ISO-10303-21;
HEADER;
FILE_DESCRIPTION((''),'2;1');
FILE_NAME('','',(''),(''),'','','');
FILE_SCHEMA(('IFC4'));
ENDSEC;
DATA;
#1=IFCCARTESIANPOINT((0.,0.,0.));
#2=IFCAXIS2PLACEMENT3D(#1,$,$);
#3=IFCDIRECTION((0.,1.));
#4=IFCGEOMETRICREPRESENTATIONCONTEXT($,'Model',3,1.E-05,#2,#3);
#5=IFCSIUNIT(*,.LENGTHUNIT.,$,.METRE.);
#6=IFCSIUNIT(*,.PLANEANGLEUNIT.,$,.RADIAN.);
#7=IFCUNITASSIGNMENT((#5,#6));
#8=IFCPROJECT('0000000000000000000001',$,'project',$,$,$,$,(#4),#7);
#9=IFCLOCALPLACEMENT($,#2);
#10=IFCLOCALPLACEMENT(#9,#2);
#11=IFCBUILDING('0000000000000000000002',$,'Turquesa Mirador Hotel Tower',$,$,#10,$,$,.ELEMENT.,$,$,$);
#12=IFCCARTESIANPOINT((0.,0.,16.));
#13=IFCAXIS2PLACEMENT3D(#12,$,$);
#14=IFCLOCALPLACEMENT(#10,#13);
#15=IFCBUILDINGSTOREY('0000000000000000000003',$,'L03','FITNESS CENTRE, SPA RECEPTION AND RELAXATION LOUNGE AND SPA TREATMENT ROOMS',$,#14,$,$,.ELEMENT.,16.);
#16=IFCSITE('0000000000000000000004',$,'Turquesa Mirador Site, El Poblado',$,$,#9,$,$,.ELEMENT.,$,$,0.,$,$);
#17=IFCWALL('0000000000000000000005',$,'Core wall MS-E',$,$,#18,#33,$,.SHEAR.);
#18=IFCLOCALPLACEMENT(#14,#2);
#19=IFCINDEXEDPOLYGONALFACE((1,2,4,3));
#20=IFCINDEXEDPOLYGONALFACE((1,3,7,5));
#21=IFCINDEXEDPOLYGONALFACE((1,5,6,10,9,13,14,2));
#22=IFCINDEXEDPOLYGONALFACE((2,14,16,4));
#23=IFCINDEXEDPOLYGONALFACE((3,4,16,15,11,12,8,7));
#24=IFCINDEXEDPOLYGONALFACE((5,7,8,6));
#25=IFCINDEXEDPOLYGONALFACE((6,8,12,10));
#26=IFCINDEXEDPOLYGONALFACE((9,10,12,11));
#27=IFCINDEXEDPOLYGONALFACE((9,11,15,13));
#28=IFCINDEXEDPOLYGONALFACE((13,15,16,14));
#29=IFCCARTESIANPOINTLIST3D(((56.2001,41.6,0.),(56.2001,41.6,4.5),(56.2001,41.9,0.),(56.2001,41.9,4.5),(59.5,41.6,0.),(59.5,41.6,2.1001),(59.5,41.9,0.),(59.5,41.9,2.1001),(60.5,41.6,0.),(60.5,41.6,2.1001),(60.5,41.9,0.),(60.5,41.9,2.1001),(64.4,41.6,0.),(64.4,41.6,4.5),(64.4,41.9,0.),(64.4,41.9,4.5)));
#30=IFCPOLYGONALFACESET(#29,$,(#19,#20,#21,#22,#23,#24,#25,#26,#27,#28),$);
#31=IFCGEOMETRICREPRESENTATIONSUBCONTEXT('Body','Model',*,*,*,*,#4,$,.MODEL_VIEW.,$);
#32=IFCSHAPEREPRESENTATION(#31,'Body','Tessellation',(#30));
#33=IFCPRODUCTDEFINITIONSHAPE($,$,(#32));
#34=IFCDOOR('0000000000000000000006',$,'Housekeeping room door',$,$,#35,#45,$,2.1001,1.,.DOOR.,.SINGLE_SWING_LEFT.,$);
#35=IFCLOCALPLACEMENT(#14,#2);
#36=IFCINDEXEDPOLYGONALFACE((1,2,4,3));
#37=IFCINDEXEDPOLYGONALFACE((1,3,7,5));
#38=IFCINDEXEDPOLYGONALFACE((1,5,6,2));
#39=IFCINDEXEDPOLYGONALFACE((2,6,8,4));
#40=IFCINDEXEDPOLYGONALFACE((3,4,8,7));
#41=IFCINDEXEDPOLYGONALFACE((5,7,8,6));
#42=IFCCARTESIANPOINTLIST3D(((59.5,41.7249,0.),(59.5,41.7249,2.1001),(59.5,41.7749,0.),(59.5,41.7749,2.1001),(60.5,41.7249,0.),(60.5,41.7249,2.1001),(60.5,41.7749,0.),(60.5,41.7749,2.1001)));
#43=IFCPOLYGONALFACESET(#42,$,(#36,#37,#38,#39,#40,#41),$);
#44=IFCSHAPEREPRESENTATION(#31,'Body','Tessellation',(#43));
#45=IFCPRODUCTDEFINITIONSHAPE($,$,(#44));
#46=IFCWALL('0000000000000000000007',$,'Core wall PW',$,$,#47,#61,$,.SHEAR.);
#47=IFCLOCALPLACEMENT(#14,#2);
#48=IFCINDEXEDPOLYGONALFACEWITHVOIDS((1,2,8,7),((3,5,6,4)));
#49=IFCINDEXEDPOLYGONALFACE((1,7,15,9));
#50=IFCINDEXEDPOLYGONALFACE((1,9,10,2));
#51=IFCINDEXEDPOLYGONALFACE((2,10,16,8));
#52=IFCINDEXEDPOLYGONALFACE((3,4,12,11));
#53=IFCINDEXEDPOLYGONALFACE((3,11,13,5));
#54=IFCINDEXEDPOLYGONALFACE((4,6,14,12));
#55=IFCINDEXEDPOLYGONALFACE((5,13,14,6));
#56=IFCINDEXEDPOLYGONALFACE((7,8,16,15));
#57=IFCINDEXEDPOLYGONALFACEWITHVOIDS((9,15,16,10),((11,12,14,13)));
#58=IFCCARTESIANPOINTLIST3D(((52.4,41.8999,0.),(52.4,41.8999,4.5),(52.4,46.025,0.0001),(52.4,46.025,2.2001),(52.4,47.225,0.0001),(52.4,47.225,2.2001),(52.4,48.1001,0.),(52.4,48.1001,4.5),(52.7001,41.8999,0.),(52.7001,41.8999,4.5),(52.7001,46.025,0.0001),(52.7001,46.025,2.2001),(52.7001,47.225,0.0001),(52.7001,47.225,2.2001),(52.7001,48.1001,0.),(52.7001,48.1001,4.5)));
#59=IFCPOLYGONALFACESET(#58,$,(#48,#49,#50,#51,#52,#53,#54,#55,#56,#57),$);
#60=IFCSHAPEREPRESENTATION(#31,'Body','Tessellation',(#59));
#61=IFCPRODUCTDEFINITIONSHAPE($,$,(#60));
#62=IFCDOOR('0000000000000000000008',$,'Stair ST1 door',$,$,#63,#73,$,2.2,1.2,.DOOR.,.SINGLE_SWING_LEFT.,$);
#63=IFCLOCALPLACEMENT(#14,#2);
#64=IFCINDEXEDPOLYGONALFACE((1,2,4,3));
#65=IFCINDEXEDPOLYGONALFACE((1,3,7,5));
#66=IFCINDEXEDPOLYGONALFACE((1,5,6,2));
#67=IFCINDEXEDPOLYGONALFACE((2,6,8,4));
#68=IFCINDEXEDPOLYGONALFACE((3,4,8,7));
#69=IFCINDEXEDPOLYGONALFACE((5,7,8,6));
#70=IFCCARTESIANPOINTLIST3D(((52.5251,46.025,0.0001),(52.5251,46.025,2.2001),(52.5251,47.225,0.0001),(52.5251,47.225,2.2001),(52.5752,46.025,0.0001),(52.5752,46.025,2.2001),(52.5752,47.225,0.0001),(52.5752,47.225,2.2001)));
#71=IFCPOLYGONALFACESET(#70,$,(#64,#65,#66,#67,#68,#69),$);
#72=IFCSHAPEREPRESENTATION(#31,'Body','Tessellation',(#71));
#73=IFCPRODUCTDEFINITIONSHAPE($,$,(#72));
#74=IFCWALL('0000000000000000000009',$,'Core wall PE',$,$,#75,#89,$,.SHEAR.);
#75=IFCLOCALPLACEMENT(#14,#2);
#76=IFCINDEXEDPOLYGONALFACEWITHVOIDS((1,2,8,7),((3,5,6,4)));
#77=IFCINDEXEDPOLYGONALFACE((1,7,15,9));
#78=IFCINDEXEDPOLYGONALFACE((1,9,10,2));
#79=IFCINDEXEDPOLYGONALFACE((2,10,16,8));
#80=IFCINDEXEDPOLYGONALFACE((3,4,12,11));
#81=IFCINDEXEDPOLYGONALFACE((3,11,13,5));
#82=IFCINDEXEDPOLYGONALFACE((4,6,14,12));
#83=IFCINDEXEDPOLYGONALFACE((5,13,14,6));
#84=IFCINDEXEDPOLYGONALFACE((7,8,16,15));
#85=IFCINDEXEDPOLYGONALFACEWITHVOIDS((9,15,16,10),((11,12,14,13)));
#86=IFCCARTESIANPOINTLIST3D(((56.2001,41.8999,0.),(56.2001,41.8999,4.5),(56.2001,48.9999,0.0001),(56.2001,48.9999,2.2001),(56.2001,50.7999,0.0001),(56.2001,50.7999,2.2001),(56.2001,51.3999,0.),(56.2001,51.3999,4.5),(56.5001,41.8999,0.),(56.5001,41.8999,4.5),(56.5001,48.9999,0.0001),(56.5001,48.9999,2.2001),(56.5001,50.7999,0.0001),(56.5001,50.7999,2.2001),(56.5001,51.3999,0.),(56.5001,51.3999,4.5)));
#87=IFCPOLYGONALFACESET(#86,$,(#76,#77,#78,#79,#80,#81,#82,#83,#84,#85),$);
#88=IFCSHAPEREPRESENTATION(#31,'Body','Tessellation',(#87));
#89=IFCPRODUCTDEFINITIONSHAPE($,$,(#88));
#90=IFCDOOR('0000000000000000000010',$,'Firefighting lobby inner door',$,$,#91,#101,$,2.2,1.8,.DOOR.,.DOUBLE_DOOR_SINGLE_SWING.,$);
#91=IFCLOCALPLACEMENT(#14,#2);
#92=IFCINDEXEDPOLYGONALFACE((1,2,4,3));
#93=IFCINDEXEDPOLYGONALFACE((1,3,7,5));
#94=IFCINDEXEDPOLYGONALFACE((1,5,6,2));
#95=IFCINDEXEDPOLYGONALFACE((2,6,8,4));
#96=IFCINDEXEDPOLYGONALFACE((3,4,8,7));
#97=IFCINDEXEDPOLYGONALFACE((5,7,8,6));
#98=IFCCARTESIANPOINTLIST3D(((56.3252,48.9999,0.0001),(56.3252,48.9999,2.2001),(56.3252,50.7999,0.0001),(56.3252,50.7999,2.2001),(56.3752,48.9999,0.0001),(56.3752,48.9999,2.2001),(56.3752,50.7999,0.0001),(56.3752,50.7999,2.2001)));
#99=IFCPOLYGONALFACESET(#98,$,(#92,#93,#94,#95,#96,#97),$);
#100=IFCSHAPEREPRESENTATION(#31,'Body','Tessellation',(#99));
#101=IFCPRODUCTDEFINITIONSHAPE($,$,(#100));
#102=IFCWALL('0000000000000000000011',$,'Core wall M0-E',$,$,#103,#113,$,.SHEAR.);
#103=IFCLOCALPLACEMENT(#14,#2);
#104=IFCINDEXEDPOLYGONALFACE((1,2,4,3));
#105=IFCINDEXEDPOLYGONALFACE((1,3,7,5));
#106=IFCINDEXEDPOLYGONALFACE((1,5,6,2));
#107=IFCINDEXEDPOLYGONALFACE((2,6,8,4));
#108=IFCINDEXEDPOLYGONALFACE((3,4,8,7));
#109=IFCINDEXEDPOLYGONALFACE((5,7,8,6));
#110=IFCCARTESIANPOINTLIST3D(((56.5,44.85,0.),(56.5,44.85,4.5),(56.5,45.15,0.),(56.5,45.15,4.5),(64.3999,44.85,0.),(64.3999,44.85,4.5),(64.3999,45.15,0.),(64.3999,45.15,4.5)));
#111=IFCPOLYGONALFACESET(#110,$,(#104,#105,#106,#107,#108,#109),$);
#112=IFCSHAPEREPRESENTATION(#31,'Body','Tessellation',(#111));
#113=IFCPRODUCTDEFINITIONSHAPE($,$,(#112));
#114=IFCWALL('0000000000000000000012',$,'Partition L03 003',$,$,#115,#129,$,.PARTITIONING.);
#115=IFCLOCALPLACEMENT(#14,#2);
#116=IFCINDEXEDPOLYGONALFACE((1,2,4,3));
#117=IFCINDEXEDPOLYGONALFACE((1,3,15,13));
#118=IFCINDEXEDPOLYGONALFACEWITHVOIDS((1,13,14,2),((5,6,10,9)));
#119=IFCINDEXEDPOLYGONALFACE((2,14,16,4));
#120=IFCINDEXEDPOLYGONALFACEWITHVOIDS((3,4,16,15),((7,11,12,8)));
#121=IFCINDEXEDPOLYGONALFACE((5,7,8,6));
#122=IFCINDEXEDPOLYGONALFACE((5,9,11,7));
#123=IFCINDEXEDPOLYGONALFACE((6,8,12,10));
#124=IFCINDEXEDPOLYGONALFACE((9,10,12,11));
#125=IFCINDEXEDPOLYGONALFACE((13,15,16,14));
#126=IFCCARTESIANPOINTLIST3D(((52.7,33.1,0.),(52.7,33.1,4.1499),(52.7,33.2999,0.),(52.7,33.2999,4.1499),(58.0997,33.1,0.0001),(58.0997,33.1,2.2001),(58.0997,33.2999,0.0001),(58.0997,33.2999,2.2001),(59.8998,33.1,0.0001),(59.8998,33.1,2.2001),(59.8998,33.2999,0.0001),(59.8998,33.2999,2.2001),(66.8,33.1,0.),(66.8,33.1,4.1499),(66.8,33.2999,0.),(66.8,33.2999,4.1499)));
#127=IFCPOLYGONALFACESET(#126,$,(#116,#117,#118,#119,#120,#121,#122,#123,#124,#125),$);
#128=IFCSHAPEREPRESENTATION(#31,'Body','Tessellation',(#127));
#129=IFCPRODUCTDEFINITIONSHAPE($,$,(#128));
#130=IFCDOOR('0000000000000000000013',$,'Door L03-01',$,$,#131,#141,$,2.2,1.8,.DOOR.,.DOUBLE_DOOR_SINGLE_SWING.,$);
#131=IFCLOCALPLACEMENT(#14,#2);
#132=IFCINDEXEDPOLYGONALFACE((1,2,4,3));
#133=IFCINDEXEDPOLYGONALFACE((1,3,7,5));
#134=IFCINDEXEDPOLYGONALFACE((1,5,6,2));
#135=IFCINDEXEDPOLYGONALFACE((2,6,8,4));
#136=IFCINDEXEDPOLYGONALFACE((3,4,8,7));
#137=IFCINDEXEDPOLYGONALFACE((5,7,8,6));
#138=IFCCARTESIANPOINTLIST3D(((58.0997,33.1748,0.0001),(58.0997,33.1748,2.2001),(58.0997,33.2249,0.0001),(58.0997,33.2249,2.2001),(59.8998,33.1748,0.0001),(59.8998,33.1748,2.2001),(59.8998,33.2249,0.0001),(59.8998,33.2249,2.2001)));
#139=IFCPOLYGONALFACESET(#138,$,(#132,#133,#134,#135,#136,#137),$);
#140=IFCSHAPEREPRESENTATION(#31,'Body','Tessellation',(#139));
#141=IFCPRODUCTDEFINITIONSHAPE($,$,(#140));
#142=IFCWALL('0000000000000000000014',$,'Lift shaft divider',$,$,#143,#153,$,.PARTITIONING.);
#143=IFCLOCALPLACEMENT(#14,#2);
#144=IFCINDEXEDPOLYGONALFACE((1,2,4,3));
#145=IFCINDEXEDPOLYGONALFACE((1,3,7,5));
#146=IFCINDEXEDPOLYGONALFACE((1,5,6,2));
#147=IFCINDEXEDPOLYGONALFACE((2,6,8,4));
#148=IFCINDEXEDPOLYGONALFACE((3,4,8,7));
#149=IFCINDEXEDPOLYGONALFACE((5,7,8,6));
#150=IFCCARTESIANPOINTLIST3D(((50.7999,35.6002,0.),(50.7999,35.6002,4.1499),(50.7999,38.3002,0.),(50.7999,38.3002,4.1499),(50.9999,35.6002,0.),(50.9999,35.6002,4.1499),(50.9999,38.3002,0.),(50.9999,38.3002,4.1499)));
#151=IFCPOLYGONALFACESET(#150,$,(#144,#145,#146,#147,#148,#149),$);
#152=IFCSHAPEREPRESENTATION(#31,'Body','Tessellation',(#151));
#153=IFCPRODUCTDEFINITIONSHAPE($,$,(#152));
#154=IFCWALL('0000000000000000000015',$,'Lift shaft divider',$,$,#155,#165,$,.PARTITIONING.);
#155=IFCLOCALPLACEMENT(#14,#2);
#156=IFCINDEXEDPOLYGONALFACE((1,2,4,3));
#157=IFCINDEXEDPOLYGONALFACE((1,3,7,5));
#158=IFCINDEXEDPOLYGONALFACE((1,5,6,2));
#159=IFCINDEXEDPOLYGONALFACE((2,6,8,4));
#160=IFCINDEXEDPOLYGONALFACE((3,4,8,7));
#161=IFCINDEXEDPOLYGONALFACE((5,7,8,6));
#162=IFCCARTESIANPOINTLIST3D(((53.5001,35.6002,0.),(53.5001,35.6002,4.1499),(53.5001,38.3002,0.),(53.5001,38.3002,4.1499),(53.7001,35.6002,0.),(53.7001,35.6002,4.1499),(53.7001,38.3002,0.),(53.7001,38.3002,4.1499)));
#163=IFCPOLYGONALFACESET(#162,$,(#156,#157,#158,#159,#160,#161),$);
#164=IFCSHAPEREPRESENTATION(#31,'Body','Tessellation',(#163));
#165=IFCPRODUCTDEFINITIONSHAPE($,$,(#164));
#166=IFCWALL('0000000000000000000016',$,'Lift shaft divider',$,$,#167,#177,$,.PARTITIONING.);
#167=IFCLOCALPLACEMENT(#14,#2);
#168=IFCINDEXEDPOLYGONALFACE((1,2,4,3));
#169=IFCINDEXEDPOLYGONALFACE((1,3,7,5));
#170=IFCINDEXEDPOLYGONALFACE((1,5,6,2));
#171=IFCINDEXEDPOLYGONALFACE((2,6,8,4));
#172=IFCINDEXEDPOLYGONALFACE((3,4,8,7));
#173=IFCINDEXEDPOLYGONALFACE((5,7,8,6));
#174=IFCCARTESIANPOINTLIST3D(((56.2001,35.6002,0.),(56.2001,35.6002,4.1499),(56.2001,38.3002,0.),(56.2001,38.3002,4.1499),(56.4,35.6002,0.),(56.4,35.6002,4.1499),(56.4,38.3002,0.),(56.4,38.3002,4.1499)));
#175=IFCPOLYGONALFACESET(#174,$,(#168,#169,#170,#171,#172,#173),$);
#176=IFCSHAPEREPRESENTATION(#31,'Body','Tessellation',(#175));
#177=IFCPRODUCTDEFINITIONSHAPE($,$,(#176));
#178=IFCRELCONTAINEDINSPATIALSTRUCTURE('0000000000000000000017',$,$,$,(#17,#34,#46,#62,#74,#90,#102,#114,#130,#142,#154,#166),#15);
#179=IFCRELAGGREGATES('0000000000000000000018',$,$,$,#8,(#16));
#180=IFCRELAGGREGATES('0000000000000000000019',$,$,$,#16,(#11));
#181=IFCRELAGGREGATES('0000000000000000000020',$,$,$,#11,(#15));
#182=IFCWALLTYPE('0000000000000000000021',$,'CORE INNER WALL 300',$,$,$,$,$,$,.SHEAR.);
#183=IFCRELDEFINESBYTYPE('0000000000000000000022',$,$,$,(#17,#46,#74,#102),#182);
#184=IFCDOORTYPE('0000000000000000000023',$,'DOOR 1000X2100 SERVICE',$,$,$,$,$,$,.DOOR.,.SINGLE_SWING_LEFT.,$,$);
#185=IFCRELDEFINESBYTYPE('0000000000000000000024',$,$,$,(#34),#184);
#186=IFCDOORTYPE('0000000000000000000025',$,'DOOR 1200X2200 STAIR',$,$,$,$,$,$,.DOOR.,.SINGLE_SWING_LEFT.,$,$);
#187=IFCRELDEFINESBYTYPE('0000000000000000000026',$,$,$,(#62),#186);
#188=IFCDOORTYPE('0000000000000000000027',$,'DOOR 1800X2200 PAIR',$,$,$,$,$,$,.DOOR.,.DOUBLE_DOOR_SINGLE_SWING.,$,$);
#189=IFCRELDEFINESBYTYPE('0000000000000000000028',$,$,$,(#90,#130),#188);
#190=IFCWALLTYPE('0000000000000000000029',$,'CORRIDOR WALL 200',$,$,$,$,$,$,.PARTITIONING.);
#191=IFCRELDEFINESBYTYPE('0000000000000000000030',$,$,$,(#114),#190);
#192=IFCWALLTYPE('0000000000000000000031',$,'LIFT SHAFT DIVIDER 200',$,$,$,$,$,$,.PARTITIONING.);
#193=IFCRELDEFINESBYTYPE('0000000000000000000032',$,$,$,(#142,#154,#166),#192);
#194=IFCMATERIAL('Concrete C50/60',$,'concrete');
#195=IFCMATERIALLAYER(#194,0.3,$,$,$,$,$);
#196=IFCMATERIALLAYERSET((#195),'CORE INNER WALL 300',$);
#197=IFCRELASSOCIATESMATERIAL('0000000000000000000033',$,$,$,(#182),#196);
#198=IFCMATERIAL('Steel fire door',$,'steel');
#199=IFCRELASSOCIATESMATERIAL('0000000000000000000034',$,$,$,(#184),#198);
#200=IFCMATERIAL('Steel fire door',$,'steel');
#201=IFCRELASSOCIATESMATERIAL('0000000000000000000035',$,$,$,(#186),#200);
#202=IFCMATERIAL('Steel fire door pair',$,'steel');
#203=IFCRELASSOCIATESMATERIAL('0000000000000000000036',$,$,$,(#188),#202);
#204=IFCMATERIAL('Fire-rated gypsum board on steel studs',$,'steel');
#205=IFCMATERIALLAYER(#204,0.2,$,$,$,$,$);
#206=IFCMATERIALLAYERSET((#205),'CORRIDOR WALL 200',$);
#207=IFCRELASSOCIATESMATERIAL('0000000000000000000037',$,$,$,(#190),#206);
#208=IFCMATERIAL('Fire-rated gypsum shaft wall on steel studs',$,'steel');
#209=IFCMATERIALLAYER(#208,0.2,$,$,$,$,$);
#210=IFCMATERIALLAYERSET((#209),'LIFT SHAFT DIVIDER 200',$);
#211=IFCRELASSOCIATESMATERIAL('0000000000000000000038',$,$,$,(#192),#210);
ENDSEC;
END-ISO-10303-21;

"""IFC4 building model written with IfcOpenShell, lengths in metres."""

from ifc_helpers import new_model, si_unit, direction, frame, frame_2d, origin, place, context, subcontext, project, spatial, rectangle, extrude, material, layer, layer_set, type_object, element, fill, save


model = new_model("IFC4")

# Units and contexts
model_context = context("Model", 3, precision=1e-05, world=origin(), true_north=direction((0.0, 1.0)))
body_context = subcontext(model_context, "Body", "Model", "MODEL_VIEW")
ifc_project = project(units=[si_unit("LENGTHUNIT", "METRE"), si_unit("PLANEANGLEUNIT", "RADIAN")], contexts=[model_context])

# Site, building, storey
site_placement = place(None, origin())
site = spatial("IfcSite", under=ifc_project, at=site_placement, Name="Turquesa Mirador Site, El Poblado", CompositionType="ELEMENT", RefElevation=0.0)
building_placement = place(site_placement, origin())
building = spatial("IfcBuilding", under=site, at=building_placement, Name="Turquesa Mirador Hotel Tower", CompositionType="ELEMENT")
storey_placement = place(building_placement, frame((0.0, 0.0, 16.0)))
storey = spatial("IfcBuildingStorey", under=building, at=storey_placement, Name="L03", Description="FITNESS CENTRE, SPA RECEPTION AND RELAXATION LOUNGE AND SPA TREATMENT ROOMS", CompositionType="ELEMENT", Elevation=16.0)

# Walls, openings, doors
ifc_material_1 = material(Name="Concrete C50/60", Category="concrete")
ifc_layer_1 = layer(ifc_material_1, 0.3)
ifc_layer_set_1 = layer_set([ifc_layer_1], Name="CORE INNER WALL 300")
wall_type_1 = type_object("IfcWallType", Name="CORE INNER WALL 300", PredefinedType="SHEAR", material=ifc_layer_set_1)
wall_1_placement = place(storey_placement, frame((56.2, 41.75, 0.0), z_axis=(0.0, 0.0, 1.0), x_axis=(1.0, 0.0, 0.0)))
wall_1 = element("IfcWall", 1, at=wall_1_placement, inside=storey, type_object=wall_type_1, Name="Core wall MS-E", PredefinedType="SHEAR", context=body_context, shape_type="SweptSolid", body=[
    extrude(rectangle(XDim=8.2, YDim=0.3, at=frame_2d((4.1001, 0.0))), origin(), (0.0, 0.0, 1.0), 4.5),
])
opening_1_placement = place(wall_1_placement, frame((3.3, 0.0, 0.0)))
opening_1 = element("IfcOpeningElement", 2, at=opening_1_placement, cuts=wall_1, PredefinedType="OPENING", context=body_context, shape_type="SweptSolid", body=[
    extrude(rectangle(XDim=1.0, YDim=2.1001, at=frame_2d((0.5, 1.05))), frame((0.0, 0.1599, 0.0), z_axis=(0.0, -1.0, 0.0), x_axis=(1.0, 0.0, 0.0)), (0.0, 0.0, 1.0), 0.3201),
])
ifc_material_2 = material(Name="Steel fire door", Category="steel")
door_type_1 = type_object("IfcDoorType", Name="DOOR 1000X2100 SERVICE", OperationType="SINGLE_SWING_LEFT", PredefinedType="DOOR", material=ifc_material_2)
door_1_placement = place(opening_1_placement, origin())
door_1 = element("IfcDoor", 3, at=door_1_placement, inside=storey, type_object=door_type_1, Name="Housekeeping room door", OperationType="SINGLE_SWING_LEFT", OverallHeight=2.1001, OverallWidth=1.0, PredefinedType="DOOR", context=body_context, shape_type="SweptSolid", body=[
    extrude(rectangle(XDim=1.0, YDim=2.1001, at=frame_2d((0.5, 1.05))), frame((0.0, 0.0249, 0.0), z_axis=(0.0, -1.0, 0.0), x_axis=(1.0, 0.0, 0.0)), (0.0, 0.0, 1.0), 0.05),
])
fill(opening_1, door_1)
wall_2_placement = place(storey_placement, frame((52.55, 41.8999, 0.0), z_axis=(0.0, 0.0, 1.0), x_axis=(0.0, 1.0, 0.0)))
wall_2 = element("IfcWall", 4, at=wall_2_placement, inside=storey, type_object=wall_type_1, Name="Core wall PW", PredefinedType="SHEAR", context=body_context, shape_type="SweptSolid", body=[
    extrude(rectangle(XDim=6.2002, YDim=0.3, at=frame_2d((3.1001, 0.0))), origin(), (0.0, 0.0, 1.0), 4.5),
])
opening_2_placement = place(wall_2_placement, frame((4.125, 0.0, 0.0)))
opening_2 = element("IfcOpeningElement", 5, at=opening_2_placement, cuts=wall_2, PredefinedType="OPENING", context=body_context, shape_type="SweptSolid", body=[
    extrude(rectangle(XDim=1.2, YDim=2.2, at=frame_2d((0.6001, 1.1001))), frame((0.0, 0.1599, 0.0), z_axis=(0.0, -1.0, 0.0), x_axis=(1.0, 0.0, 0.0)), (0.0, 0.0, 1.0), 0.3201),
])
ifc_material_3 = material(Name="Steel fire door", Category="steel")
door_type_2 = type_object("IfcDoorType", Name="DOOR 1200X2200 STAIR", OperationType="SINGLE_SWING_LEFT", PredefinedType="DOOR", material=ifc_material_3)
door_2_placement = place(opening_2_placement, origin())
door_2 = element("IfcDoor", 6, at=door_2_placement, inside=storey, type_object=door_type_2, Name="Stair ST1 door", OperationType="SINGLE_SWING_LEFT", OverallHeight=2.2, OverallWidth=1.2, PredefinedType="DOOR", context=body_context, shape_type="SweptSolid", body=[
    extrude(rectangle(XDim=1.2, YDim=2.2, at=frame_2d((0.6001, 1.1001))), frame((0.0, 0.0249, 0.0), z_axis=(0.0, -1.0, 0.0), x_axis=(1.0, 0.0, 0.0)), (0.0, 0.0, 1.0), 0.05),
])
fill(opening_2, door_2)
wall_3_placement = place(storey_placement, frame((56.3501, 41.8999, 0.0), z_axis=(0.0, 0.0, 1.0), x_axis=(0.0, 1.0, 0.0)))
wall_3 = element("IfcWall", 7, at=wall_3_placement, inside=storey, type_object=wall_type_1, Name="Core wall PE", PredefinedType="SHEAR", context=body_context, shape_type="SweptSolid", body=[
    extrude(rectangle(XDim=9.5, YDim=0.3, at=frame_2d((4.75, 0.0))), origin(), (0.0, 0.0, 1.0), 4.5),
])
opening_3_placement = place(wall_3_placement, frame((7.1001, 0.0, 0.0)))
opening_3 = element("IfcOpeningElement", 8, at=opening_3_placement, cuts=wall_3, PredefinedType="OPENING", context=body_context, shape_type="SweptSolid", body=[
    extrude(rectangle(XDim=1.8, YDim=2.2, at=frame_2d((0.8999, 1.1001))), frame((0.0, 0.1599, 0.0), z_axis=(0.0, -1.0, 0.0), x_axis=(1.0, 0.0, 0.0)), (0.0, 0.0, 1.0), 0.3201),
])
ifc_material_4 = material(Name="Steel fire door pair", Category="steel")
door_type_3 = type_object("IfcDoorType", Name="DOOR 1800X2200 PAIR", OperationType="DOUBLE_DOOR_SINGLE_SWING", PredefinedType="DOOR", material=ifc_material_4)
door_3_placement = place(opening_3_placement, origin())
door_3 = element("IfcDoor", 9, at=door_3_placement, inside=storey, type_object=door_type_3, Name="Firefighting lobby inner door", OperationType="DOUBLE_DOOR_SINGLE_SWING", OverallHeight=2.2, OverallWidth=1.8, PredefinedType="DOOR", context=body_context, shape_type="SweptSolid", body=[
    extrude(rectangle(XDim=1.8, YDim=2.2, at=frame_2d((0.8999, 1.1001))), frame((0.0, 0.0249, 0.0), z_axis=(0.0, -1.0, 0.0), x_axis=(1.0, 0.0, 0.0)), (0.0, 0.0, 1.0), 0.05),
])
fill(opening_3, door_3)

# Wall
wall_4_placement = place(storey_placement, frame((56.5, 45.0, 0.0), z_axis=(0.0, 0.0, 1.0), x_axis=(1.0, 0.0, 0.0)))
element("IfcWall", 10, at=wall_4_placement, inside=storey, type_object=wall_type_1, Name="Core wall M0-E", PredefinedType="SHEAR", context=body_context, shape_type="SweptSolid", body=[
    extrude(rectangle(XDim=7.8999, YDim=0.3, at=frame_2d((3.95, 0.0))), origin(), (0.0, 0.0, 1.0), 4.5),
])

# Wall, opening, door
ifc_material_5 = material(Name="Fire-rated gypsum board on steel studs", Category="steel")
ifc_layer_2 = layer(ifc_material_5, 0.2)
ifc_layer_set_2 = layer_set([ifc_layer_2], Name="CORRIDOR WALL 200")
wall_type_2 = type_object("IfcWallType", Name="CORRIDOR WALL 200", PredefinedType="PARTITIONING", material=ifc_layer_set_2)
wall_5_placement = place(storey_placement, frame((52.7, 33.2, 0.0), z_axis=(0.0, 0.0, 1.0), x_axis=(1.0, 0.0, 0.0)))
wall_5 = element("IfcWall", 11, at=wall_5_placement, inside=storey, type_object=wall_type_2, Name="Partition L03 003", PredefinedType="PARTITIONING", context=body_context, shape_type="SweptSolid", body=[
    extrude(rectangle(XDim=14.1001, YDim=0.2, at=frame_2d((7.05, 0.0))), origin(), (0.0, 0.0, 1.0), 4.1499),
])
opening_4_placement = place(wall_5_placement, frame((5.3999, 0.0, 0.0)))
opening_4 = element("IfcOpeningElement", 12, at=opening_4_placement, cuts=wall_5, PredefinedType="OPENING", context=body_context, shape_type="SweptSolid", body=[
    extrude(rectangle(XDim=1.8, YDim=2.2, at=frame_2d((0.8999, 1.1001))), frame((0.0, 0.1099, 0.0), z_axis=(0.0, -1.0, 0.0), x_axis=(1.0, 0.0, 0.0)), (0.0, 0.0, 1.0), 0.22),
])
door_4_placement = place(opening_4_placement, origin())
door_4 = element("IfcDoor", 13, at=door_4_placement, inside=storey, type_object=door_type_3, Name="Door L03-01", OperationType="DOUBLE_DOOR_SINGLE_SWING", OverallHeight=2.2, OverallWidth=1.8, PredefinedType="DOOR", context=body_context, shape_type="SweptSolid", body=[
    extrude(rectangle(XDim=1.8, YDim=2.2, at=frame_2d((0.8999, 1.1001))), frame((0.0, 0.0249, 0.0), z_axis=(0.0, -1.0, 0.0), x_axis=(1.0, 0.0, 0.0)), (0.0, 0.0, 1.0), 0.05),
])
fill(opening_4, door_4)

# Walls
ifc_material_6 = material(Name="Fire-rated gypsum shaft wall on steel studs", Category="steel")
ifc_layer_3 = layer(ifc_material_6, 0.2)
ifc_layer_set_3 = layer_set([ifc_layer_3], Name="LIFT SHAFT DIVIDER 200")
wall_type_3 = type_object("IfcWallType", Name="LIFT SHAFT DIVIDER 200", PredefinedType="PARTITIONING", material=ifc_layer_set_3)
for number, where, z_axis, x_axis, name in (
    (14, (50.8999, 35.6001, 0.0), (0.0, 0.0, 1.0), (0.0, 1.0, 0.0), "Lift shaft divider"),
    (15, (53.6001, 35.6001, 0.0), (0.0, 0.0, 1.0), (0.0, 1.0, 0.0), "Lift shaft divider"),
    (16, (56.3, 35.6001, 0.0), (0.0, 0.0, 1.0), (0.0, 1.0, 0.0), "Lift shaft divider"),
):
    element("IfcWall", number, at=place(storey_placement, frame(where, z_axis=z_axis, x_axis=x_axis)), inside=storey, type_object=wall_type_3, Name=name, PredefinedType="PARTITIONING", context=body_context, shape_type="SweptSolid", body=[
        extrude(rectangle(XDim=2.7, YDim=0.2, at=frame_2d((1.3501, 0.0))), origin(), (0.0, 0.0, 1.0), 4.1499),
    ])

save(model, "model.ifc")
